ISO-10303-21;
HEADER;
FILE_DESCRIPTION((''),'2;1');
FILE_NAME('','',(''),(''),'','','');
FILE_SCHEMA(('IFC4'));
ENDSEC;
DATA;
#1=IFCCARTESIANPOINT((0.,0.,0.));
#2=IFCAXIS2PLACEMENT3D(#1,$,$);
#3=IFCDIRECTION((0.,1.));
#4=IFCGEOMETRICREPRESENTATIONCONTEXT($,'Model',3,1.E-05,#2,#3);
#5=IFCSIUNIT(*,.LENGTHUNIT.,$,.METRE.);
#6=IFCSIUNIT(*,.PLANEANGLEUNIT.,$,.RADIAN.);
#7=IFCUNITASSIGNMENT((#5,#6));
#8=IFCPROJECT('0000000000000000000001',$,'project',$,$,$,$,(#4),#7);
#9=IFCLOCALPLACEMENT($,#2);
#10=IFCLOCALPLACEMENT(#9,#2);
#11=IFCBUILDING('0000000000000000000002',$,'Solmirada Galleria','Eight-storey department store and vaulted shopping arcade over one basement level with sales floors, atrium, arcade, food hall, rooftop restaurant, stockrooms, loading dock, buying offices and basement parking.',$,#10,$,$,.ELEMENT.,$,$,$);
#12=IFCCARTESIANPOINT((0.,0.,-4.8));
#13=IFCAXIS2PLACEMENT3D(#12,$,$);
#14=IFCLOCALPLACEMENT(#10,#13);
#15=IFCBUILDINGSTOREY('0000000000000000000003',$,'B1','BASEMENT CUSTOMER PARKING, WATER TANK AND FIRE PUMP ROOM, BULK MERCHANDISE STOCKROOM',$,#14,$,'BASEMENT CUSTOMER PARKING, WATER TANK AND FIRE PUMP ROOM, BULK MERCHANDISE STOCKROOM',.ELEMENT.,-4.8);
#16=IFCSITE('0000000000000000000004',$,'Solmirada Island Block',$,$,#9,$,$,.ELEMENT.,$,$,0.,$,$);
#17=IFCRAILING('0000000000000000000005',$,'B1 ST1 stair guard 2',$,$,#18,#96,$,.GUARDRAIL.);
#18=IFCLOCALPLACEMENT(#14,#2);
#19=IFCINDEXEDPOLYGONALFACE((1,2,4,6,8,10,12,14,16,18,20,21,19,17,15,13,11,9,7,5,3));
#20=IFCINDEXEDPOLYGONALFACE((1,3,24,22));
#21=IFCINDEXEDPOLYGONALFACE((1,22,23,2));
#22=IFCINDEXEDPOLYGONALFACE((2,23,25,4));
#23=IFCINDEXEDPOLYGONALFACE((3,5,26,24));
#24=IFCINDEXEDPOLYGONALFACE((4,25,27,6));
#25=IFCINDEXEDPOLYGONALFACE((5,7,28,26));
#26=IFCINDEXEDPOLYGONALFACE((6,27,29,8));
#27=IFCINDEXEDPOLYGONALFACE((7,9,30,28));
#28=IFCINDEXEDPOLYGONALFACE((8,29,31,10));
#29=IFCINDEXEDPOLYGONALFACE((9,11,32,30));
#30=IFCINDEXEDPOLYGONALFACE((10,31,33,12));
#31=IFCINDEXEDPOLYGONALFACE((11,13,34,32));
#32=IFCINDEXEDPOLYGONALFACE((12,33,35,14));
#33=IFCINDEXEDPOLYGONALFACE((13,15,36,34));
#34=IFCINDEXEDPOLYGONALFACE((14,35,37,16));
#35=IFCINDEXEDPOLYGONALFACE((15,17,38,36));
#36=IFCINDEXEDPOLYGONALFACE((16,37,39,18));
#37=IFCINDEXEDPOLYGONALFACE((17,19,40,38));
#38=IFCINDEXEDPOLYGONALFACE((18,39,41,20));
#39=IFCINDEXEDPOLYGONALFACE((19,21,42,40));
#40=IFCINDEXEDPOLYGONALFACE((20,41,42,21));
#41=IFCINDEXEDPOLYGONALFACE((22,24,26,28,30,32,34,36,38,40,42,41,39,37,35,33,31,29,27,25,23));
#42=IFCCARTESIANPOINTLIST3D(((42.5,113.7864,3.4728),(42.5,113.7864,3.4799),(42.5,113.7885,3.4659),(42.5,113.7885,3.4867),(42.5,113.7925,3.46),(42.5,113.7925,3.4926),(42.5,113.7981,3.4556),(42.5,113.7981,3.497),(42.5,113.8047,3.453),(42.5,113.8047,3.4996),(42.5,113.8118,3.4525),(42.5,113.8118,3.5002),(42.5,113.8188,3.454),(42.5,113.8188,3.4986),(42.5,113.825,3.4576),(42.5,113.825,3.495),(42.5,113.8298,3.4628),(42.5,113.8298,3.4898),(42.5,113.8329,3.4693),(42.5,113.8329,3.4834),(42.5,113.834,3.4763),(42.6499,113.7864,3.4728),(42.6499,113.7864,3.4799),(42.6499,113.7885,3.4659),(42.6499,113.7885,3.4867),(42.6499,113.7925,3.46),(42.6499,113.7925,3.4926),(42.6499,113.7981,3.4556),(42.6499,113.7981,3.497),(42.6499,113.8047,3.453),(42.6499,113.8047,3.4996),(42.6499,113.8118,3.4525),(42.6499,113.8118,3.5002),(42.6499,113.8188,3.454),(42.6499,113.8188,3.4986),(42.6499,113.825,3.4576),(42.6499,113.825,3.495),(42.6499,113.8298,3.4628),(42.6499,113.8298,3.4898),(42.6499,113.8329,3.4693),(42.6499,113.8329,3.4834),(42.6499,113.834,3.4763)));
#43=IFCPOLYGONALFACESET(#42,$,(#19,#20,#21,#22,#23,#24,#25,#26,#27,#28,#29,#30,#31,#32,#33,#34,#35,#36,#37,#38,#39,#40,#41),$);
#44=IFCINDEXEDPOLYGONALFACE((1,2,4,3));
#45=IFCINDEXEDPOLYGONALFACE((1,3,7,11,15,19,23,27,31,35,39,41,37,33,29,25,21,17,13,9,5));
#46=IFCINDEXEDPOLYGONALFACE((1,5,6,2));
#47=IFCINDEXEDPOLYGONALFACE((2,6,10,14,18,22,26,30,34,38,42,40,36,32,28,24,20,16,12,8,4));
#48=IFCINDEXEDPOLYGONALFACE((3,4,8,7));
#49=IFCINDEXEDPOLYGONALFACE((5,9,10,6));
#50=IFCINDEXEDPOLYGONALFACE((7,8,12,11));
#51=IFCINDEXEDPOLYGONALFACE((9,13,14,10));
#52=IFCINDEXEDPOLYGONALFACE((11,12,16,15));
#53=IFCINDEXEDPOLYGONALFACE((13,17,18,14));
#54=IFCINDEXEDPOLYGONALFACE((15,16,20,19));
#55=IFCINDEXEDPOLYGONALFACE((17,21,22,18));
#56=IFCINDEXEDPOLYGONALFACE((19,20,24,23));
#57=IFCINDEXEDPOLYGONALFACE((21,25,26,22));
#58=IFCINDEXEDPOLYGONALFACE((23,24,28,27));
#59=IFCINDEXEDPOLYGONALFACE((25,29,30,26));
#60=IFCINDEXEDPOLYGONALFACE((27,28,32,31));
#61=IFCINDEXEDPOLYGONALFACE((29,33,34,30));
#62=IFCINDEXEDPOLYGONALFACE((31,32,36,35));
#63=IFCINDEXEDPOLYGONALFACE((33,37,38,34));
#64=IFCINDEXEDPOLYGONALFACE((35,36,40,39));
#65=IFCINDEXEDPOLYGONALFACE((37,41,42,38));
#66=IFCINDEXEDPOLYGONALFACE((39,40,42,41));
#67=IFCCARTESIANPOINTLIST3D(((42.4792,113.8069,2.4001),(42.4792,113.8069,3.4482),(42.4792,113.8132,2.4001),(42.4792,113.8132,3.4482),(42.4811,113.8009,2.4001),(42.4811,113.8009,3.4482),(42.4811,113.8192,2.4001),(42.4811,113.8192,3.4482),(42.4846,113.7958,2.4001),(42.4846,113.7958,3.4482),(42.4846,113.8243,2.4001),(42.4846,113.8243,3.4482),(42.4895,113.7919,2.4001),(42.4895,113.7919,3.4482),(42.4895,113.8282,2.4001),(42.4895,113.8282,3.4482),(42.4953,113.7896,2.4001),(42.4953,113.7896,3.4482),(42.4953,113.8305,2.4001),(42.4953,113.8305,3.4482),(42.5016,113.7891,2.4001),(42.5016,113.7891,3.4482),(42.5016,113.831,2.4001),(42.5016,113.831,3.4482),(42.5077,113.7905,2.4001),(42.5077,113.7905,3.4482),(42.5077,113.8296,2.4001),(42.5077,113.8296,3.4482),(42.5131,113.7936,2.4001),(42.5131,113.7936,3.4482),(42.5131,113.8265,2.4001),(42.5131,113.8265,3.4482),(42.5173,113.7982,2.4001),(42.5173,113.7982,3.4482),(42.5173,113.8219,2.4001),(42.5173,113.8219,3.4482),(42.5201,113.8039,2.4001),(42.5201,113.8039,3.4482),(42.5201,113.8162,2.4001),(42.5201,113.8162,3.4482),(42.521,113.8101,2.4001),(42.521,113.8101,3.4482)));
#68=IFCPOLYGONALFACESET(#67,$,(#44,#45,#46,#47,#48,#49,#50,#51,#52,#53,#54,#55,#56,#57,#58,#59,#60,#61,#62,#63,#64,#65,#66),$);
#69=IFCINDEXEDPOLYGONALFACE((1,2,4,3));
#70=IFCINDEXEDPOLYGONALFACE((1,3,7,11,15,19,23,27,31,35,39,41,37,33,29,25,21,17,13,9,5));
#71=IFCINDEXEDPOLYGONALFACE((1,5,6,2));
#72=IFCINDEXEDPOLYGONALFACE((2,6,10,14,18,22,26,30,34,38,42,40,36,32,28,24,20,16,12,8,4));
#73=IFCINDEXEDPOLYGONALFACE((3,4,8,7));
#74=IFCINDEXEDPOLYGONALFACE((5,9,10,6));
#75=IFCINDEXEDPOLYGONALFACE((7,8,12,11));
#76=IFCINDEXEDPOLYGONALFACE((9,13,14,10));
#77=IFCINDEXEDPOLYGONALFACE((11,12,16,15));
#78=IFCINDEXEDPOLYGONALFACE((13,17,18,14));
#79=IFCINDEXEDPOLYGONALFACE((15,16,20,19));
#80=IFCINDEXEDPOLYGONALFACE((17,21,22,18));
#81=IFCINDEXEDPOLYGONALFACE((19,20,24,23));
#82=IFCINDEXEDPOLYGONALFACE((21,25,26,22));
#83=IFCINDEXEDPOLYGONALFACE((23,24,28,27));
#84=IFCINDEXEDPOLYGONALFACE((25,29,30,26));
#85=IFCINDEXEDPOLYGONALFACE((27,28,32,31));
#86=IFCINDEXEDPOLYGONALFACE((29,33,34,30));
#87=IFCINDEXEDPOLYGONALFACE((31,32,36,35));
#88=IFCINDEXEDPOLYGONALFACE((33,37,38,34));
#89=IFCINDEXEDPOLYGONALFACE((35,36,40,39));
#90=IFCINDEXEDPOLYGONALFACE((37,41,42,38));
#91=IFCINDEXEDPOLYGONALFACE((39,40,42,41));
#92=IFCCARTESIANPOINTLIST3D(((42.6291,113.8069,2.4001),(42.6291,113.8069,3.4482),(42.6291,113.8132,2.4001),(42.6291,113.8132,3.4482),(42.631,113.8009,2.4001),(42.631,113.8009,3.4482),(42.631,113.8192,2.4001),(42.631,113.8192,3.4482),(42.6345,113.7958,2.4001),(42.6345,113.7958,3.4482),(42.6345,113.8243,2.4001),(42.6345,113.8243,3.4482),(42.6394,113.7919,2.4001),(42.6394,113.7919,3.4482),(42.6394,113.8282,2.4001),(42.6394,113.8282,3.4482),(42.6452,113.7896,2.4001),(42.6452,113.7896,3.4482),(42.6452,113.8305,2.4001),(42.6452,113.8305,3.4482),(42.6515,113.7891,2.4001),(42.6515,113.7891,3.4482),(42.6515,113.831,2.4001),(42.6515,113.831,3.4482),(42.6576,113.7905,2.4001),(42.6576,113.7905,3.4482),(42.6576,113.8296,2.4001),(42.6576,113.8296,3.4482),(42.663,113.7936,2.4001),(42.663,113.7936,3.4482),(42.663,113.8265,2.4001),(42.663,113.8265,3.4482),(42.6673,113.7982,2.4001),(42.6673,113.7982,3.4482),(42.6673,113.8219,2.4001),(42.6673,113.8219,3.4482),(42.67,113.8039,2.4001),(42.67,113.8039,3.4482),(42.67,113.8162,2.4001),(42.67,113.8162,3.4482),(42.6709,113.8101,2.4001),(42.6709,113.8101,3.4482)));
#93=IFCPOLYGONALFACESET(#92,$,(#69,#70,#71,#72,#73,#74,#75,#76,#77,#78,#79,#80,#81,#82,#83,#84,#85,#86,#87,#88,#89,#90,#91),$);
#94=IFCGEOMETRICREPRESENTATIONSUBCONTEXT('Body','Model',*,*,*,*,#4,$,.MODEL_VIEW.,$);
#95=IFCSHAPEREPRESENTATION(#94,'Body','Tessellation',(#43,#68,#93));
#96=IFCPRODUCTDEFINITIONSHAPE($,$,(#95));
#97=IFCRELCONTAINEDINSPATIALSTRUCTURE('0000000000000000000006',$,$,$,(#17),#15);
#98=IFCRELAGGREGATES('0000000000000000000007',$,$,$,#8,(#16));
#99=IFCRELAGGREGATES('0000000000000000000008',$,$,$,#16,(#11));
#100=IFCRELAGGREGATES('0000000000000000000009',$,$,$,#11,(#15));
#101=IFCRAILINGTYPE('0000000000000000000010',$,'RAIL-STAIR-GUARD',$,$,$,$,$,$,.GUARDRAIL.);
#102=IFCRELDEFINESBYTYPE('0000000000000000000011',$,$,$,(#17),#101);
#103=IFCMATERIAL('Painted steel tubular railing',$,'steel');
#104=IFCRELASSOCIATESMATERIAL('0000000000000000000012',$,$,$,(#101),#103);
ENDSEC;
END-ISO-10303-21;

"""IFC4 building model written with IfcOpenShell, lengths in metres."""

from ifc_helpers import new_model, si_unit, direction, frame, origin, origin_2d, place, context, subcontext, project, spatial, circle, extrude, material, type_object, element, save


model = new_model("IFC4")

# Units and contexts
model_context = context("Model", 3, precision=1e-05, world=origin(), true_north=direction((0.0, 1.0)))
body_context = subcontext(model_context, "Body", "Model", "MODEL_VIEW")
ifc_project = project(units=[si_unit("LENGTHUNIT", "METRE"), si_unit("PLANEANGLEUNIT", "RADIAN")], contexts=[model_context])

# Site, building, storey
site_placement = place(None, origin())
site = spatial("IfcSite", under=ifc_project, at=site_placement, Name="Solmirada Island Block", CompositionType="ELEMENT", RefElevation=0.0)
building_placement = place(site_placement, origin())
building = spatial("IfcBuilding", under=site, at=building_placement, Name="Solmirada Galleria", Description="Eight-storey department store and vaulted shopping arcade over one basement level with sales floors, atrium, arcade, food hall, rooftop restaurant, stockrooms, loading dock, buying offices and basement parking.", CompositionType="ELEMENT")
storey_placement = place(building_placement, frame((0.0, 0.0, -4.8)))
storey = spatial("IfcBuildingStorey", under=building, at=storey_placement, Name="B1", Description="BASEMENT CUSTOMER PARKING, WATER TANK AND FIRE PUMP ROOM, BULK MERCHANDISE STOCKROOM", LongName="BASEMENT CUSTOMER PARKING, WATER TANK AND FIRE PUMP ROOM, BULK MERCHANDISE STOCKROOM", CompositionType="ELEMENT", Elevation=-4.8)

# Railing
ifc_material_1 = material(Name="Painted steel tubular railing", Category="steel")
railing_type_1 = type_object("IfcRailingType", Name="RAIL-STAIR-GUARD", PredefinedType="GUARDRAIL", material=ifc_material_1)
railing_1_placement = place(storey_placement, frame((42.5, 113.8101, 2.4001)))
element("IfcRailing", 1, at=railing_1_placement, inside=storey, type_object=railing_type_1, Name="B1 ST1 stair guard 2", PredefinedType="GUARDRAIL", context=body_context, shape_type="SweptSolid", body=[
    extrude(circle(Radius=0.0239, at=origin_2d()), frame((0.0, 0.0, 1.0762), z_axis=(1.0, 0.0, 0.0), x_axis=(0.0, 1.0, 0.0)), (0.0, 0.0, 1.0), 0.1499),
    extrude(circle(Radius=0.021, at=origin_2d()), origin(), (0.0, 0.0, 1.0), 1.0481),
    extrude(circle(Radius=0.021, at=origin_2d()), frame((0.1499, 0.0, 0.0)), (0.0, 0.0, 1.0), 1.0481),
])

save(model, "model.ifc")
